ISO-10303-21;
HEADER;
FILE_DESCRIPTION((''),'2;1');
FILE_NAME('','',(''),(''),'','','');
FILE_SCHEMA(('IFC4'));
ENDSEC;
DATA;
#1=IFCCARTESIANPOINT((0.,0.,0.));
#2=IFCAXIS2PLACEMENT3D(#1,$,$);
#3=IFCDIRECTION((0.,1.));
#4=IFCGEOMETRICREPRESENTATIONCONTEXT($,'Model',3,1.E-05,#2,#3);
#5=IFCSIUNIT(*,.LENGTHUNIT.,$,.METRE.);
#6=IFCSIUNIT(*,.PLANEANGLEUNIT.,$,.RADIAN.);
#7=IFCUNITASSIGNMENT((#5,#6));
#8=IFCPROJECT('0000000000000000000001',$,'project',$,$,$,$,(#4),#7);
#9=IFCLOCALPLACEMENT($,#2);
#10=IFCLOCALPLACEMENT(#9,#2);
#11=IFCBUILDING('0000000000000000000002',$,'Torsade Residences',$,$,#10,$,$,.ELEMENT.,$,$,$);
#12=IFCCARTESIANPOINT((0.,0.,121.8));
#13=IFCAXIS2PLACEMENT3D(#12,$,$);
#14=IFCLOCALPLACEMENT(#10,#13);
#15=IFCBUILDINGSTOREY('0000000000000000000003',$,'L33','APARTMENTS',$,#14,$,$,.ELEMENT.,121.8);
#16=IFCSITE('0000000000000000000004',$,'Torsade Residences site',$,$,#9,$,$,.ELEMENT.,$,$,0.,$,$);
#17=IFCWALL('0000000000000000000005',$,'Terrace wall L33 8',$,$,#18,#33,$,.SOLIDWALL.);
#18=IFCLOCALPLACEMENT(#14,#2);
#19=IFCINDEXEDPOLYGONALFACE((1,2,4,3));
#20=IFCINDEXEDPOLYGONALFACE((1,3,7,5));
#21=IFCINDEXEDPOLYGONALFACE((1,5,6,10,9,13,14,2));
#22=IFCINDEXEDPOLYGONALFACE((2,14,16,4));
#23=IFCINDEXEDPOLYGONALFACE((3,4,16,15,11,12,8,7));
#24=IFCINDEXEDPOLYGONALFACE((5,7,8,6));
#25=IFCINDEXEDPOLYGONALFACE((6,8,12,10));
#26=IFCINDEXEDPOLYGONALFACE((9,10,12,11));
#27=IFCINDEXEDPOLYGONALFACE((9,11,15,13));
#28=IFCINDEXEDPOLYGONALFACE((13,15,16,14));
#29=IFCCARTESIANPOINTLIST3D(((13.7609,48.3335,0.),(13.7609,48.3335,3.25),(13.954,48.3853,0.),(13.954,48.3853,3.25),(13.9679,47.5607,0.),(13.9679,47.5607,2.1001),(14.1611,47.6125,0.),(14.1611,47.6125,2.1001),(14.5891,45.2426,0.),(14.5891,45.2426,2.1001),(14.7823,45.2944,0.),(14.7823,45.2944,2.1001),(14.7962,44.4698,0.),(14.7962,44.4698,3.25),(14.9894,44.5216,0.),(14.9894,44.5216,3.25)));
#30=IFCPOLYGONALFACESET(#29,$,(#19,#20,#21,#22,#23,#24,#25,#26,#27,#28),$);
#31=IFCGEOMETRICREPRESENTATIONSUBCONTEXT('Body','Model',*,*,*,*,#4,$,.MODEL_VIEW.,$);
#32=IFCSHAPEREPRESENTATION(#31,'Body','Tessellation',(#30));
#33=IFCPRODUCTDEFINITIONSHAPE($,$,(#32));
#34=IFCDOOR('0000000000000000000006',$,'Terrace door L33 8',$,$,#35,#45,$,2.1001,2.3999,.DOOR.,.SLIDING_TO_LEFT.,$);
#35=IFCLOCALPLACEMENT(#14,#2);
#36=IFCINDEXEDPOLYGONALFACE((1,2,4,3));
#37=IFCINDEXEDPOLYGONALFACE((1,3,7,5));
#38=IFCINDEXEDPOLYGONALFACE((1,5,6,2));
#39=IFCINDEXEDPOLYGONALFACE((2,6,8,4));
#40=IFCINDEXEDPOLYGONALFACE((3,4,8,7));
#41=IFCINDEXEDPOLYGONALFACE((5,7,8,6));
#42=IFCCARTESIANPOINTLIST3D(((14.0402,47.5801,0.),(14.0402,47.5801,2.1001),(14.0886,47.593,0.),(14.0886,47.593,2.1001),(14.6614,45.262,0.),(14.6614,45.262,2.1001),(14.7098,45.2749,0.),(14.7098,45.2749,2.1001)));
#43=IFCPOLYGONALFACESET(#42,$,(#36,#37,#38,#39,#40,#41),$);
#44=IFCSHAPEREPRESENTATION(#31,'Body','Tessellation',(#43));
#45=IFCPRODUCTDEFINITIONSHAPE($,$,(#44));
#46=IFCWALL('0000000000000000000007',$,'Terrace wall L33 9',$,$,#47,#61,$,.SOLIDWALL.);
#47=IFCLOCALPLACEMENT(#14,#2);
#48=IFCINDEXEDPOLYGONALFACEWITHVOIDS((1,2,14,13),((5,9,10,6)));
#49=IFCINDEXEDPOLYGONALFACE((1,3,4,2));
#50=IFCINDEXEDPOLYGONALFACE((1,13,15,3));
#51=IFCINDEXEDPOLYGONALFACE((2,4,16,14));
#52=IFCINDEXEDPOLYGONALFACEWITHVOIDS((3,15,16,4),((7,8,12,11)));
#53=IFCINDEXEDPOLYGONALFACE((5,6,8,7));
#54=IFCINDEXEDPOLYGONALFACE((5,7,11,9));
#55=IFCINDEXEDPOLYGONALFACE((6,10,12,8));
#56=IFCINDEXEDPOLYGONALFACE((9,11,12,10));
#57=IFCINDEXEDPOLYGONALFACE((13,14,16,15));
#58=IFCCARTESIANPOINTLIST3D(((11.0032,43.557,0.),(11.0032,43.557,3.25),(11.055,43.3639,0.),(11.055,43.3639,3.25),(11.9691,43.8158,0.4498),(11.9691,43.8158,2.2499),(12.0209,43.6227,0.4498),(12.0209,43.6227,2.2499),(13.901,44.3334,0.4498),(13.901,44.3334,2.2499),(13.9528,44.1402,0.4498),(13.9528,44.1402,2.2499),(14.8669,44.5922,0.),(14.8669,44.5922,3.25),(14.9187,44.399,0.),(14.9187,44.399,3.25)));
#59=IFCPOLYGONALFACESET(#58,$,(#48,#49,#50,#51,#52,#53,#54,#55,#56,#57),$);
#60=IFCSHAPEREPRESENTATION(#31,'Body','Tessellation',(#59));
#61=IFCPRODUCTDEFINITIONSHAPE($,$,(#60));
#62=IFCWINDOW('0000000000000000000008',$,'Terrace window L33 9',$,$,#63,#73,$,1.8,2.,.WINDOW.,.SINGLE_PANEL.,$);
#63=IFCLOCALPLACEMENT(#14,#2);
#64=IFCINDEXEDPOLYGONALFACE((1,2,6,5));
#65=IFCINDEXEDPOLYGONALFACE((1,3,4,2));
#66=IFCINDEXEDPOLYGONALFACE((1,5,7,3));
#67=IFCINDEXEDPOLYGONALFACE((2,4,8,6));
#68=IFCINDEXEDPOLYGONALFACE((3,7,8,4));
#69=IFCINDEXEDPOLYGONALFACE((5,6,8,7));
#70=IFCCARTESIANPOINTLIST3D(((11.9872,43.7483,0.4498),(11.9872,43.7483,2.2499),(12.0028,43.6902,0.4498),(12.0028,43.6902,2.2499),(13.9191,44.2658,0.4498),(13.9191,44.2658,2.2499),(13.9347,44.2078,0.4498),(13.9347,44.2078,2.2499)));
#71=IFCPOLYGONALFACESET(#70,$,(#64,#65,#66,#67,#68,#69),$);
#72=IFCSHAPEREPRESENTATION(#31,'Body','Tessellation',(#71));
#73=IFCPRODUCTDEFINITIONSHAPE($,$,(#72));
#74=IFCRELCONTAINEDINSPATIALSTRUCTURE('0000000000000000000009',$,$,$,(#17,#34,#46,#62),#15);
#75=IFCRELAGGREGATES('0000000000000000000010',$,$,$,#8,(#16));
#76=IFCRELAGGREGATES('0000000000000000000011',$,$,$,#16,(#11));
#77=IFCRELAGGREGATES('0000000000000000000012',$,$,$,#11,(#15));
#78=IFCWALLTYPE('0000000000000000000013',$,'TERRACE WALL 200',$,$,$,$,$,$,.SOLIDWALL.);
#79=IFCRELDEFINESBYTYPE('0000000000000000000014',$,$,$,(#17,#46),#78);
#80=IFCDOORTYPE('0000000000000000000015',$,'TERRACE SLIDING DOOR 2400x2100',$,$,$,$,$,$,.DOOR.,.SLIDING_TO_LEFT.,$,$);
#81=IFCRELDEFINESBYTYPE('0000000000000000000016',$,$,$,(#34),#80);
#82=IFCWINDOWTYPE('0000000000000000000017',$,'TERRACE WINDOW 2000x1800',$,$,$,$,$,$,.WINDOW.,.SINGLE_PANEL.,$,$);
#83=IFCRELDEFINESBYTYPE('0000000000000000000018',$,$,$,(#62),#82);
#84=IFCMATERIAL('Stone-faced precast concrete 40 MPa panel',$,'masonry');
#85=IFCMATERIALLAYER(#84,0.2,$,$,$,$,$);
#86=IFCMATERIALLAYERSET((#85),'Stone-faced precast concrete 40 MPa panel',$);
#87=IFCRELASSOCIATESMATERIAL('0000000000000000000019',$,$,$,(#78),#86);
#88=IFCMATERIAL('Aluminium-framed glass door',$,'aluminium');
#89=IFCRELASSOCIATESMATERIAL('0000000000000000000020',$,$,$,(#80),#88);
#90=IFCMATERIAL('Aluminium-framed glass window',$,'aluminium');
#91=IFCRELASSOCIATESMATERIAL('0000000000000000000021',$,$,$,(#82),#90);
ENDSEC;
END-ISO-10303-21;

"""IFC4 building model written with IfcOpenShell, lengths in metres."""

from ifc_helpers import new_model, si_unit, direction, frame, frame_2d, origin, place, context, subcontext, project, spatial, rectangle, extrude, material, layer, layer_set, type_object, element, fill, save


model = new_model("IFC4")

# Units and contexts
model_context = context("Model", 3, precision=1e-05, world=origin(), true_north=direction((0.0, 1.0)))
body_context = subcontext(model_context, "Body", "Model", "MODEL_VIEW")
ifc_project = project(units=[si_unit("LENGTHUNIT", "METRE"), si_unit("PLANEANGLEUNIT", "RADIAN")], contexts=[model_context])

# Site, building, storey
site_placement = place(None, origin())
site = spatial("IfcSite", under=ifc_project, at=site_placement, Name="Torsade Residences site", CompositionType="ELEMENT", RefElevation=0.0)
building_placement = place(site_placement, origin())
building = spatial("IfcBuilding", under=site, at=building_placement, Name="Torsade Residences", CompositionType="ELEMENT")
storey_placement = place(building_placement, frame((0.0, 0.0, 121.8)))
storey = spatial("IfcBuildingStorey", under=building, at=storey_placement, Name="L33", Description="APARTMENTS", CompositionType="ELEMENT", Elevation=121.8)

# Wall, opening, door
ifc_material_1 = material(Name="Stone-faced precast concrete 40 MPa panel", Category="masonry")
ifc_layer_1 = layer(ifc_material_1, 0.2)
ifc_layer_set_1 = layer_set([ifc_layer_1], Name="Stone-faced precast concrete 40 MPa panel")
wall_type_1 = type_object("IfcWallType", Name="TERRACE WALL 200", PredefinedType="SOLIDWALL", material=ifc_layer_set_1)
wall_1_placement = place(storey_placement, frame((13.8574, 48.3594, 0.0), z_axis=(0.0, 0.0, 1.0), x_axis=(0.258844, -0.965919, 0.0)))
wall_1 = element("IfcWall", 1, at=wall_1_placement, inside=storey, type_object=wall_type_1, Name="Terrace wall L33 8", PredefinedType="SOLIDWALL", context=body_context, shape_type="SweptSolid", body=[
    extrude(rectangle(XDim=4.0, YDim=0.2, at=frame_2d((2.0, 0.0))), origin(), (0.0, 0.0, 1.0), 3.25),
])
opening_1_placement = place(wall_1_placement, frame((0.8, 0.0, 0.0)))
opening_1 = element("IfcOpeningElement", 2, at=opening_1_placement, cuts=wall_1, PredefinedType="OPENING", context=body_context, shape_type="SweptSolid", body=[
    extrude(rectangle(XDim=2.3999, YDim=2.1001, at=frame_2d((1.2, 1.05))), frame((0.0, 0.1099, 0.0), z_axis=(0.0, -1.0, 0.0), x_axis=(1.0, 0.0, 0.0)), (0.0, 0.0, 1.0), 0.22),
])
ifc_material_2 = material(Name="Aluminium-framed glass door", Category="aluminium")
door_type = type_object("IfcDoorType", Name="TERRACE SLIDING DOOR 2400x2100", OperationType="SLIDING_TO_LEFT", PredefinedType="DOOR", material=ifc_material_2)
door_placement = place(opening_1_placement, origin())
door = element("IfcDoor", 3, at=door_placement, inside=storey, type_object=door_type, Name="Terrace door L33 8", OperationType="SLIDING_TO_LEFT", OverallHeight=2.1001, OverallWidth=2.3999, PredefinedType="DOOR", context=body_context, shape_type="SweptSolid", body=[
    extrude(rectangle(XDim=2.3999, YDim=2.1001, at=frame_2d((1.2, 1.05))), frame((0.0, 0.0249, 0.0), z_axis=(0.0, -1.0, 0.0), x_axis=(1.0, 0.0, 0.0)), (0.0, 0.0, 1.0), 0.05),
])
fill(opening_1, door)

# Wall, opening, window
wall_2_placement = place(storey_placement, frame((14.8928, 44.4956, 0.0), z_axis=(0.0, 0.0, 1.0), x_axis=(-0.965934, -0.258787, 0.0)))
wall_2 = element("IfcWall", 4, at=wall_2_placement, inside=storey, type_object=wall_type_1, Name="Terrace wall L33 9", PredefinedType="SOLIDWALL", context=body_context, shape_type="SweptSolid", body=[
    extrude(rectangle(XDim=4.0, YDim=0.2, at=frame_2d((2.0, 0.0))), origin(), (0.0, 0.0, 1.0), 3.25),
])
opening_2_placement = place(wall_2_placement, frame((1.0, 0.0, 0.45)))
opening_2 = element("IfcOpeningElement", 5, at=opening_2_placement, cuts=wall_2, PredefinedType="OPENING", context=body_context, shape_type="SweptSolid", body=[
    extrude(rectangle(XDim=2.0, YDim=1.8, at=frame_2d((1.0, 0.8999))), frame((0.0, 0.1099, 0.0), z_axis=(0.0, -1.0, 0.0), x_axis=(1.0, 0.0, 0.0)), (0.0, 0.0, 1.0), 0.22),
])
ifc_material_3 = material(Name="Aluminium-framed glass window", Category="aluminium")
window_type = type_object("IfcWindowType", Name="TERRACE WINDOW 2000x1800", PartitioningType="SINGLE_PANEL", PredefinedType="WINDOW", material=ifc_material_3)
window_placement = place(opening_2_placement, origin())
window = element("IfcWindow", 6, at=window_placement, inside=storey, type_object=window_type, Name="Terrace window L33 9", OverallHeight=1.8, OverallWidth=2.0, PartitioningType="SINGLE_PANEL", PredefinedType="WINDOW", context=body_context, shape_type="SweptSolid", body=[
    extrude(rectangle(XDim=2.0, YDim=1.8, at=frame_2d((1.0, 0.8999))), frame((0.0, 0.03, 0.0), z_axis=(0.0, -1.0, 0.0), x_axis=(1.0, 0.0, 0.0)), (0.0, 0.0, 1.0), 0.0601),
])
fill(opening_2, window)

save(model, "model.ifc")
